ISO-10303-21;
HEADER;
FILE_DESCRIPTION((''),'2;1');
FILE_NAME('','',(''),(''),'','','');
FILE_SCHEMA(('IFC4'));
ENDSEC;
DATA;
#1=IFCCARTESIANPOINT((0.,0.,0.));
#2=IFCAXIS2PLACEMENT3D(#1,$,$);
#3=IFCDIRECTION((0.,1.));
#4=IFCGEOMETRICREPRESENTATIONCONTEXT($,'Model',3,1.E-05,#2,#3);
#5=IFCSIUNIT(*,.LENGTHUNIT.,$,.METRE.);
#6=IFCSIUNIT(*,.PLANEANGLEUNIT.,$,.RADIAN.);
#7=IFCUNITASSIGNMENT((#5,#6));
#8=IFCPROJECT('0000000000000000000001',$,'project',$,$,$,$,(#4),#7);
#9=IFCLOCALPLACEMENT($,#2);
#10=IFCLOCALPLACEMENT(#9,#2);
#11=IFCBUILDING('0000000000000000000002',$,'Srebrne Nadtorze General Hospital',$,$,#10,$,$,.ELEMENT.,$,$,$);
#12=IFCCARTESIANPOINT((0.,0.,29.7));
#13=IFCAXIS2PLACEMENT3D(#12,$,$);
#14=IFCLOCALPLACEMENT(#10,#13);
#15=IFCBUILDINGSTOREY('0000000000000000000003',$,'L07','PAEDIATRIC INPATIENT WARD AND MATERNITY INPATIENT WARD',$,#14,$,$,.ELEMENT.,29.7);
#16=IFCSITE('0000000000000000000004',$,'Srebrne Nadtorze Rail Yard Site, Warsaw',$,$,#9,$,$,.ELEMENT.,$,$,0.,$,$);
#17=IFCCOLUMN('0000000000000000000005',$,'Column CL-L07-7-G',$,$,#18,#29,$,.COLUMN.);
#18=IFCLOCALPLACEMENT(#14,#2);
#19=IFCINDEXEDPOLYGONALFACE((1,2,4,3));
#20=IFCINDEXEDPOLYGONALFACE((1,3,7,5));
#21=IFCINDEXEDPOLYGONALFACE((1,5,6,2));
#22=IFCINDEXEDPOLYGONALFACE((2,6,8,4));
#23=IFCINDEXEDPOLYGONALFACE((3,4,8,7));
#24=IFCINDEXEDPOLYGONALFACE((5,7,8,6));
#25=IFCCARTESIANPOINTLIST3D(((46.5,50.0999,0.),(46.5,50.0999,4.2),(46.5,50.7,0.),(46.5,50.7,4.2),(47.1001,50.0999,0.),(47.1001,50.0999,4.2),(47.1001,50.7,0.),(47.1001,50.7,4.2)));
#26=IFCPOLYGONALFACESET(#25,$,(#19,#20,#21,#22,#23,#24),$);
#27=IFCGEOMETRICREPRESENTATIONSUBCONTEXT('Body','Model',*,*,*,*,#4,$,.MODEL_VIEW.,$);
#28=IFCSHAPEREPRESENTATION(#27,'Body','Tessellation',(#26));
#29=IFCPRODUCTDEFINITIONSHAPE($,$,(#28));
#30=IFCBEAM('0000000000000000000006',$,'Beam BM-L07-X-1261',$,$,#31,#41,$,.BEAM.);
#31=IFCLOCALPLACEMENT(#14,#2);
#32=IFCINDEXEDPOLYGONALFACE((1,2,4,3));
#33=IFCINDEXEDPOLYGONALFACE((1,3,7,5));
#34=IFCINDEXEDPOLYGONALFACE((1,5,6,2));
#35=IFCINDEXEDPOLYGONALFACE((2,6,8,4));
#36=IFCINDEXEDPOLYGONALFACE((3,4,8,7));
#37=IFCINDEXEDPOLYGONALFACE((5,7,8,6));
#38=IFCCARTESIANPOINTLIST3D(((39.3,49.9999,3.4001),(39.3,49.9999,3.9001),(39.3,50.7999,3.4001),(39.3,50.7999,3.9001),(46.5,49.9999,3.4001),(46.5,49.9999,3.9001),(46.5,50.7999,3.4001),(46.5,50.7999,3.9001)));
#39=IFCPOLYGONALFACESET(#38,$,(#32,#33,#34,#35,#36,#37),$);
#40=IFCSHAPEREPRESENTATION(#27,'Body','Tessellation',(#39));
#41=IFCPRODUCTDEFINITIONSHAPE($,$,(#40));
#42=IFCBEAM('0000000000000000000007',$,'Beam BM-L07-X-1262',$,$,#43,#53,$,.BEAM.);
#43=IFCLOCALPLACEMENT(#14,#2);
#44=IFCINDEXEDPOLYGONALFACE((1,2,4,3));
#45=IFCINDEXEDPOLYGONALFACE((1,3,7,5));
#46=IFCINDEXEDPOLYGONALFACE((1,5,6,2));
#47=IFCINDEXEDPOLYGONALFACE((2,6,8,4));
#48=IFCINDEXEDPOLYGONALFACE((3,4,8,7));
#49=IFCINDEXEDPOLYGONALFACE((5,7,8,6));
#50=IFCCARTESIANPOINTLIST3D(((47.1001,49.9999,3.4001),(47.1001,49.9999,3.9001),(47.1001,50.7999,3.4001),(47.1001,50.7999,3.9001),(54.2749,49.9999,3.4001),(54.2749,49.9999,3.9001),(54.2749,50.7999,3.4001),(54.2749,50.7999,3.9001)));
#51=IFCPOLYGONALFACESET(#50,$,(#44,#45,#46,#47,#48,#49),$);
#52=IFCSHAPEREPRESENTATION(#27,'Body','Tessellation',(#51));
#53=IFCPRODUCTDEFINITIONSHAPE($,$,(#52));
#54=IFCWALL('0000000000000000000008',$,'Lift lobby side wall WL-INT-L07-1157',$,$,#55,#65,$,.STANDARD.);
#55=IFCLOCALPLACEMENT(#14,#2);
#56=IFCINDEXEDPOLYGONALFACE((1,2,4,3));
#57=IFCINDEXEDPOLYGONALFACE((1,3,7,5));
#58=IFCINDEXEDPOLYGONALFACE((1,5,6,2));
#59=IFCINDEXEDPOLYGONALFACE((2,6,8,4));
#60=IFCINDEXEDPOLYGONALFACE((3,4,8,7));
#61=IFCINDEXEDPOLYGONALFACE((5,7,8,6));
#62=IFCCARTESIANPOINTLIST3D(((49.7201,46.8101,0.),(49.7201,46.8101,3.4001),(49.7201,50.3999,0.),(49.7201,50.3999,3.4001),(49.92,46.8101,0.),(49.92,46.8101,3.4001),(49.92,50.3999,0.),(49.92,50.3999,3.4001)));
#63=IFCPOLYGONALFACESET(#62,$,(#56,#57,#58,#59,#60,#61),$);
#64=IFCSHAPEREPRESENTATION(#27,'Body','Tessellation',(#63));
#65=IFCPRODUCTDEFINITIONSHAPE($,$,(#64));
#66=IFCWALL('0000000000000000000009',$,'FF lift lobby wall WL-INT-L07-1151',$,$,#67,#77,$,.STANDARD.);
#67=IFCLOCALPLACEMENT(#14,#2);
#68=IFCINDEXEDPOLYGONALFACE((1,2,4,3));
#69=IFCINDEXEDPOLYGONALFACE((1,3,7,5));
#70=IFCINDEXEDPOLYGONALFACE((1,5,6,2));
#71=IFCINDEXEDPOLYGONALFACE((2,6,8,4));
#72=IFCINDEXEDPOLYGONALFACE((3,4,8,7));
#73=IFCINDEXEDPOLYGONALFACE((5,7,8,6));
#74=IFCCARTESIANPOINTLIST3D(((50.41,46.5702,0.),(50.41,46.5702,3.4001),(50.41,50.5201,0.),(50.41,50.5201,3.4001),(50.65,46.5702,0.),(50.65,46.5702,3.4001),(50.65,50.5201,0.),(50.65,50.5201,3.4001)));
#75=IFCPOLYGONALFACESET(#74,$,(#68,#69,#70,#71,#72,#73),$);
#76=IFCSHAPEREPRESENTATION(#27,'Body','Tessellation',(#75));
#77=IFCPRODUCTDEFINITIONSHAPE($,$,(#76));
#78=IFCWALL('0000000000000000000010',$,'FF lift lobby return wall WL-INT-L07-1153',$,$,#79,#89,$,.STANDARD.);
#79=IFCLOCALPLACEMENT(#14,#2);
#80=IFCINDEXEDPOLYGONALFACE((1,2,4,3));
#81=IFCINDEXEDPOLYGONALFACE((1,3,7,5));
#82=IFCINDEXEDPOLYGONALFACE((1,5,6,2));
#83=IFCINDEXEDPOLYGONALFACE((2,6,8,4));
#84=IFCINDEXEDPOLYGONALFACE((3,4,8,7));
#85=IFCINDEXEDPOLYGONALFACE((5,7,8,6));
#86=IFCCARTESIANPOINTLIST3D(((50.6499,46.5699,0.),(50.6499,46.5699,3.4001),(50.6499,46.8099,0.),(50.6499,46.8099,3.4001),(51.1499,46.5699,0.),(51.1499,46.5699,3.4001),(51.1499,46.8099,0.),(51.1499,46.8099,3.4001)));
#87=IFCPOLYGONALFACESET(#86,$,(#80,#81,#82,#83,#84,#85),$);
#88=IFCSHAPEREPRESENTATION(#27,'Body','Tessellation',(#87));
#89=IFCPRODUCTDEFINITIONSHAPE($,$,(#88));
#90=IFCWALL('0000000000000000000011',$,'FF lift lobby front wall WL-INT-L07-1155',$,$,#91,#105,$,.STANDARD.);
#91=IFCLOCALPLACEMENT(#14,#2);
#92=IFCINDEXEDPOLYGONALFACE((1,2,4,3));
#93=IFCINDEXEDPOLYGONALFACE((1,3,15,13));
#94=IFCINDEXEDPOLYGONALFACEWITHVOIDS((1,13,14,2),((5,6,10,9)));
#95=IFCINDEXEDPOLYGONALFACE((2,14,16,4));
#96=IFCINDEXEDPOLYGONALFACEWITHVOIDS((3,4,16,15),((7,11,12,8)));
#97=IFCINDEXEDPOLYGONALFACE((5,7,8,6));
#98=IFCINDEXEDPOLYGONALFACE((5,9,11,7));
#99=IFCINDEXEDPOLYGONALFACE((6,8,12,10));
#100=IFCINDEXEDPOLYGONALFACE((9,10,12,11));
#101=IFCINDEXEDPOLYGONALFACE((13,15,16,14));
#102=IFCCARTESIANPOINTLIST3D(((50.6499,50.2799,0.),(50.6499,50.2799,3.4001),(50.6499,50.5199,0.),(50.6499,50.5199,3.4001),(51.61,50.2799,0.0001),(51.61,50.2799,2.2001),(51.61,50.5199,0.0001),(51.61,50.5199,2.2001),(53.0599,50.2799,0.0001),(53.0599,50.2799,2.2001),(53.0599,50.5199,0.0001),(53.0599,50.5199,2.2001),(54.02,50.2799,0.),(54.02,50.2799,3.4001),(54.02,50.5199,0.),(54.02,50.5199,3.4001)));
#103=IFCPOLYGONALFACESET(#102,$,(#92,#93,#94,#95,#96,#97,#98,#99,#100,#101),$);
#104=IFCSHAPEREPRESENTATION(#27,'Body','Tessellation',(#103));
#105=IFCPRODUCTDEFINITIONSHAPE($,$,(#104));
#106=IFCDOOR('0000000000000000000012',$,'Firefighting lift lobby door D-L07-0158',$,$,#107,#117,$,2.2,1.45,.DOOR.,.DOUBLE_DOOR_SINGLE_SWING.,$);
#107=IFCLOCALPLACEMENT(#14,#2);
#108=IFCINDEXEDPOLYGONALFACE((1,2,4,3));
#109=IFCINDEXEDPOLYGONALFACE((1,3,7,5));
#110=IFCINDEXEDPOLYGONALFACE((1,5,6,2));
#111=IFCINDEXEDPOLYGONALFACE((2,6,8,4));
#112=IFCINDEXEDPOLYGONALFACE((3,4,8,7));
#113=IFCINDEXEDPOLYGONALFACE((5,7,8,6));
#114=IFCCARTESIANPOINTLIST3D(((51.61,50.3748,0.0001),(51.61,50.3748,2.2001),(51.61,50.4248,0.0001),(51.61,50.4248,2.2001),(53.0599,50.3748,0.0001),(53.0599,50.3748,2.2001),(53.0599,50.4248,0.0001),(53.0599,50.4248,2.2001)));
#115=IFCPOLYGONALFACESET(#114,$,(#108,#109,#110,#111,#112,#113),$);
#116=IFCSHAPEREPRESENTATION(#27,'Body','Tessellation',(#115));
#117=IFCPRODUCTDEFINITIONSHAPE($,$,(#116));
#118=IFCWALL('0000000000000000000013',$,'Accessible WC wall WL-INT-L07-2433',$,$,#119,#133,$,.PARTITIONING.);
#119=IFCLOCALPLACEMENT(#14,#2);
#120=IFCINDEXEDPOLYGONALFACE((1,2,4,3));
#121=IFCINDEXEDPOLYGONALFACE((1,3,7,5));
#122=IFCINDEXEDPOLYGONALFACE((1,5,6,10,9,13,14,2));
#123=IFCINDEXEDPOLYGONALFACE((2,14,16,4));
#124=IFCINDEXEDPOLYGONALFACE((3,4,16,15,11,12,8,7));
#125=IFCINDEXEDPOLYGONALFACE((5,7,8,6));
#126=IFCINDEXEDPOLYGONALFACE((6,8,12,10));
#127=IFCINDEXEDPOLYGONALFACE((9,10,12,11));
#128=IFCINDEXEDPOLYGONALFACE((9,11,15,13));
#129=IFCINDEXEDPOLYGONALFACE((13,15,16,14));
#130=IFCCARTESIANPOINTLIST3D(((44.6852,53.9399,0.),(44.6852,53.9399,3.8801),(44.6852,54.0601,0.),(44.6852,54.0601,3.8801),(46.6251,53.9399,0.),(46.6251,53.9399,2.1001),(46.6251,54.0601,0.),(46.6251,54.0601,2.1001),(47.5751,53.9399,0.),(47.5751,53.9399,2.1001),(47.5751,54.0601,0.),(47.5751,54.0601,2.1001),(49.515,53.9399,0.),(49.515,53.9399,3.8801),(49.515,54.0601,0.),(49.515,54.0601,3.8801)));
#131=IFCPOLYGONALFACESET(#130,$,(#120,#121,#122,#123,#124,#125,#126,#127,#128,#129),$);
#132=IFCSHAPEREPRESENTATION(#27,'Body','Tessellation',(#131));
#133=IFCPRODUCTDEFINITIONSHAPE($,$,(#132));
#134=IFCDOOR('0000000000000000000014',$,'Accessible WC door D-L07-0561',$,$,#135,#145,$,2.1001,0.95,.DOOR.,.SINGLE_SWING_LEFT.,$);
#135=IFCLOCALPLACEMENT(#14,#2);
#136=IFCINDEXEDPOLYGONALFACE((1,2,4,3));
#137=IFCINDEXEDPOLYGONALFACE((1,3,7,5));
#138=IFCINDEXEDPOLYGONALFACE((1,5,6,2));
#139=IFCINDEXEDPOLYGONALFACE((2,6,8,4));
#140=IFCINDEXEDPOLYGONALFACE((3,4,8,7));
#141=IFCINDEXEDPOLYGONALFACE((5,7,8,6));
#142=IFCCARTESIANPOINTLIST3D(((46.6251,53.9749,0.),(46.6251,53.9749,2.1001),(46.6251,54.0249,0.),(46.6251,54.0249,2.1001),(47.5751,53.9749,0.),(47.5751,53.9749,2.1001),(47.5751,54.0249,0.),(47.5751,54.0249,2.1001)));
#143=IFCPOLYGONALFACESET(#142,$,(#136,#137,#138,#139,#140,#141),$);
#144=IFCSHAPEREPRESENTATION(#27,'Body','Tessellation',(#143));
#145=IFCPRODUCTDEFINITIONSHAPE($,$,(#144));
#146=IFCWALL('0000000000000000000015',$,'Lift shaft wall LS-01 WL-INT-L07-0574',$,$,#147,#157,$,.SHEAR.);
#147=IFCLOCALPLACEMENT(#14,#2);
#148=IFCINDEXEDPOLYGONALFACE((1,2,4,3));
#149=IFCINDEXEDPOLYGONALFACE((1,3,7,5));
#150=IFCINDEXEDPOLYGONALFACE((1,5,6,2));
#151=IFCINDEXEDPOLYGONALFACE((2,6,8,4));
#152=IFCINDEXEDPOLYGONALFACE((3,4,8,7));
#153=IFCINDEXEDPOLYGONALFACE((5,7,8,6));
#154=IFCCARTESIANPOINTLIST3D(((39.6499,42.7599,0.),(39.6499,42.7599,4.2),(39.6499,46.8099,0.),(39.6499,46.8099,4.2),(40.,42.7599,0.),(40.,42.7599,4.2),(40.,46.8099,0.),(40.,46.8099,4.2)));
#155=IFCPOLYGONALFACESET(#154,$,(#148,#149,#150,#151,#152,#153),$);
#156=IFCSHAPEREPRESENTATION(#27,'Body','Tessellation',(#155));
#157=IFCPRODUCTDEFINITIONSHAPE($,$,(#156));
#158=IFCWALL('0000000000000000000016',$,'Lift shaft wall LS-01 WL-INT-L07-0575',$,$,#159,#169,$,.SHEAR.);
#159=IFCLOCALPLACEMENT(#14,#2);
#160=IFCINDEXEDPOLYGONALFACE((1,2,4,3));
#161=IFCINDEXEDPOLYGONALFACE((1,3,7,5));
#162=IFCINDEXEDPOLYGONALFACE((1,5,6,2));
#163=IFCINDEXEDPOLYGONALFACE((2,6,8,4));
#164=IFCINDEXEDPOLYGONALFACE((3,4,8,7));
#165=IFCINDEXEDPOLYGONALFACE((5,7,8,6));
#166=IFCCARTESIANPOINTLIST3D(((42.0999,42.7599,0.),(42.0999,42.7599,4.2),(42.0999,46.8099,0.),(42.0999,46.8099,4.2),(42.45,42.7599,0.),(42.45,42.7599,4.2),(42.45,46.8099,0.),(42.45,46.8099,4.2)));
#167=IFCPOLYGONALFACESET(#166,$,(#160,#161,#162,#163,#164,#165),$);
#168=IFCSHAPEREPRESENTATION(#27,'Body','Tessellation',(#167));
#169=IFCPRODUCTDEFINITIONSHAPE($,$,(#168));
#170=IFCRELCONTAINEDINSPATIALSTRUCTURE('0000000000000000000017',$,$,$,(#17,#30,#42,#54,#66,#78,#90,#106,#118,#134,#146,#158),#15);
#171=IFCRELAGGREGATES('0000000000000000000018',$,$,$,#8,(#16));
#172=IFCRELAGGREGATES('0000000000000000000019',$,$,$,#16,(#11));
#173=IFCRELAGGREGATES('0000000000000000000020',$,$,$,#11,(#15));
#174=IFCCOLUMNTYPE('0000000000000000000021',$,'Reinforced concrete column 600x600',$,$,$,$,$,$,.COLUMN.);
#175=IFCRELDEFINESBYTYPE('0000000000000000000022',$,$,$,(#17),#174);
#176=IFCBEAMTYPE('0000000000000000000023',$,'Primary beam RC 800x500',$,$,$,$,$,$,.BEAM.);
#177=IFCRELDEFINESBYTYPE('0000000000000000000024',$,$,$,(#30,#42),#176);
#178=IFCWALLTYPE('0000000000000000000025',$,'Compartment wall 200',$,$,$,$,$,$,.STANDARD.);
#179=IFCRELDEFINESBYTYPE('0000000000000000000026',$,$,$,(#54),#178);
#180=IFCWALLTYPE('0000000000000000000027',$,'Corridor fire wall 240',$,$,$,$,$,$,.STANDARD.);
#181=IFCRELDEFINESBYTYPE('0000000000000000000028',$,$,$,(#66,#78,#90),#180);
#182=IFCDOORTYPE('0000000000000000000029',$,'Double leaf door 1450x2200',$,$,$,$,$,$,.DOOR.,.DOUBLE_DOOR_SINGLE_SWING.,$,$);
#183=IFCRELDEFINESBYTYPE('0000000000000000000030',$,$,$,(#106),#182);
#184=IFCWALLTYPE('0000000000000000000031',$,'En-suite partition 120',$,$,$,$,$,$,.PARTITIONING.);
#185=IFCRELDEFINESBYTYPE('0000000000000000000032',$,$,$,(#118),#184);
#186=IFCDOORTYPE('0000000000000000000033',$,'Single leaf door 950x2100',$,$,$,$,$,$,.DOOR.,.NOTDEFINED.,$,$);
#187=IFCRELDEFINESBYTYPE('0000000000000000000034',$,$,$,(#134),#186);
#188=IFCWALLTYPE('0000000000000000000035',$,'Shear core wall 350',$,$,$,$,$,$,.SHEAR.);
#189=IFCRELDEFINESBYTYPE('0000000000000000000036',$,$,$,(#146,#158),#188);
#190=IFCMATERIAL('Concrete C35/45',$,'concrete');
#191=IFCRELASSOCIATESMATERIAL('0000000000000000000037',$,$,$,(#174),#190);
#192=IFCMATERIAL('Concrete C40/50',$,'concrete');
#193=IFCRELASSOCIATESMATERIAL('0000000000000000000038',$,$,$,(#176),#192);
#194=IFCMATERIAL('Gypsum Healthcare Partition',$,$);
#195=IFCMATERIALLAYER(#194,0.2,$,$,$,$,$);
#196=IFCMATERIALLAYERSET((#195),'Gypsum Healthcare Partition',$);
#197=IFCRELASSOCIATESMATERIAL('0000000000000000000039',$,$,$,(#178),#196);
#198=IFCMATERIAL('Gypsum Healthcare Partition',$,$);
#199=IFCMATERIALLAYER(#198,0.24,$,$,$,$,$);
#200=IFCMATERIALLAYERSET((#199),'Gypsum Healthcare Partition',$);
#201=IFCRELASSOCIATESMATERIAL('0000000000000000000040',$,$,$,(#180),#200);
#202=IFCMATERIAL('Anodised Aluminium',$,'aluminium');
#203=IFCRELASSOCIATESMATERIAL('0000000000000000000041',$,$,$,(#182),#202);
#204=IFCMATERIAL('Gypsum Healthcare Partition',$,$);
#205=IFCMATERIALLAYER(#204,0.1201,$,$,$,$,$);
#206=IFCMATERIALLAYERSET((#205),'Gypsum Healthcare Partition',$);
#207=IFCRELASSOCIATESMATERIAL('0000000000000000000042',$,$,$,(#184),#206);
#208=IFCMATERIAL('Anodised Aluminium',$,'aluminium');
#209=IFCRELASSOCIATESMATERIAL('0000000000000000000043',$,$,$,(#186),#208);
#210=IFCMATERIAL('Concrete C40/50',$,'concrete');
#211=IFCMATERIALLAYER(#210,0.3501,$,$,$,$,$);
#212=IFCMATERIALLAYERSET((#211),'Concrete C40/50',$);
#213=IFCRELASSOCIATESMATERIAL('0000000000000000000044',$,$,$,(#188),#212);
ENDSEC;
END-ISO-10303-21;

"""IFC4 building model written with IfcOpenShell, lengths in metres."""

from ifc_helpers import new_model, si_unit, direction, frame, frame_2d, origin, origin_2d, place, context, subcontext, project, spatial, rectangle, extrude, material, layer, layer_set, material_profile, profile_set, type_object, element, fill, save


model = new_model("IFC4")

# Units and contexts
model_context = context("Model", 3, precision=1e-05, world=origin(), true_north=direction((0.0, 1.0)))
body_context = subcontext(model_context, "Body", "Model", "MODEL_VIEW")
ifc_project = project(units=[si_unit("LENGTHUNIT", "METRE"), si_unit("PLANEANGLEUNIT", "RADIAN")], contexts=[model_context])

# Site, building, storey
site_placement = place(None, origin())
site = spatial("IfcSite", under=ifc_project, at=site_placement, Name="Srebrne Nadtorze Rail Yard Site, Warsaw", CompositionType="ELEMENT", RefElevation=0.0)
building_placement = place(site_placement, origin())
building = spatial("IfcBuilding", under=site, at=building_placement, Name="Srebrne Nadtorze General Hospital", CompositionType="ELEMENT")
storey_placement = place(building_placement, frame((0.0, 0.0, 29.7)))
storey = spatial("IfcBuildingStorey", under=building, at=storey_placement, Name="L07", Description="PAEDIATRIC INPATIENT WARD AND MATERNITY INPATIENT WARD", CompositionType="ELEMENT", Elevation=29.7)

# Column
ifc_material_1 = material(Name="Concrete C35/45", Category="concrete")
ifc_material_profile_1 = material_profile(ifc_material_1, rectangle(XDim=0.6001, YDim=0.6001, at=origin_2d()), Name="RC-COL-600x600")
ifc_profile_set_1 = profile_set([ifc_material_profile_1], Name="Concrete C35/45")
column_type = type_object("IfcColumnType", Name="Reinforced concrete column 600x600", PredefinedType="COLUMN", material=ifc_profile_set_1)
column_placement = place(storey_placement, frame((46.8, 50.3999, 0.0), z_axis=(0.0, 0.0, 1.0), x_axis=(1.0, 0.0, 0.0)))
element("IfcColumn", 1, at=column_placement, inside=storey, type_object=column_type, Name="Column CL-L07-7-G", PredefinedType="COLUMN", context=body_context, shape_type="SweptSolid", body=[
    extrude(rectangle(XDim=0.6001, YDim=0.6001, at=origin_2d()), origin(), (0.0, 0.0, 1.0), 4.2),
])

# Beams
ifc_material_2 = material(Name="Concrete C40/50", Category="concrete")
ifc_material_profile_2 = material_profile(ifc_material_2, rectangle(XDim=0.8, YDim=0.5, at=origin_2d()), Name="RC-BM-800x500")
ifc_profile_set_2 = profile_set([ifc_material_profile_2], Name="Concrete C40/50")
beam_type = type_object("IfcBeamType", Name="Primary beam RC 800x500", PredefinedType="BEAM", material=ifc_profile_set_2)
beam_1_placement = place(storey_placement, frame((39.3, 50.3999, 3.6501), z_axis=(1.0, 0.0, 0.0), x_axis=(0.0, 1.0, 0.0)))
element("IfcBeam", 2, at=beam_1_placement, inside=storey, type_object=beam_type, Name="Beam BM-L07-X-1261", PredefinedType="BEAM", context=body_context, shape_type="SweptSolid", body=[
    extrude(rectangle(XDim=0.8, YDim=0.5, at=origin_2d()), origin(), (0.0, 0.0, 1.0), 7.2),
])
beam_2_placement = place(storey_placement, frame((47.1001, 50.3999, 3.6501), z_axis=(1.0, 0.0, 0.0), x_axis=(0.0, 1.0, 0.0)))
element("IfcBeam", 3, at=beam_2_placement, inside=storey, type_object=beam_type, Name="Beam BM-L07-X-1262", PredefinedType="BEAM", context=body_context, shape_type="SweptSolid", body=[
    extrude(rectangle(XDim=0.8, YDim=0.5, at=origin_2d()), origin(), (0.0, 0.0, 1.0), 7.1748),
])

# Walls
ifc_material_3 = material(Name="Gypsum Healthcare Partition")
ifc_layer_1 = layer(ifc_material_3, 0.2)
ifc_layer_set_1 = layer_set([ifc_layer_1], Name="Gypsum Healthcare Partition")
wall_type_1 = type_object("IfcWallType", Name="Compartment wall 200", PredefinedType="STANDARD", material=ifc_layer_set_1)
wall_1_placement = place(storey_placement, frame((49.8201, 46.8101, 0.0), z_axis=(0.0, 0.0, 1.0), x_axis=(0.0, 1.0, 0.0)))
element("IfcWall", 4, at=wall_1_placement, inside=storey, type_object=wall_type_1, Name="Lift lobby side wall WL-INT-L07-1157", PredefinedType="STANDARD", context=body_context, shape_type="SweptSolid", body=[
    extrude(rectangle(XDim=3.5898, YDim=0.2, at=frame_2d((1.7949, 0.0))), origin(), (0.0, 0.0, 1.0), 3.4001),
])
ifc_material_4 = material(Name="Gypsum Healthcare Partition")
ifc_layer_2 = layer(ifc_material_4, 0.24)
ifc_layer_set_2 = layer_set([ifc_layer_2], Name="Gypsum Healthcare Partition")
wall_type_2 = type_object("IfcWallType", Name="Corridor fire wall 240", PredefinedType="STANDARD", material=ifc_layer_set_2)
wall_2_placement = place(storey_placement, frame((50.53, 46.5701, 0.0), z_axis=(0.0, 0.0, 1.0), x_axis=(0.0, 1.0, 0.0)))
element("IfcWall", 5, at=wall_2_placement, inside=storey, type_object=wall_type_2, Name="FF lift lobby wall WL-INT-L07-1151", PredefinedType="STANDARD", context=body_context, shape_type="SweptSolid", body=[
    extrude(rectangle(XDim=3.95, YDim=0.24, at=frame_2d((1.9751, 0.0))), origin(), (0.0, 0.0, 1.0), 3.4001),
])
wall_3_placement = place(storey_placement, frame((50.6499, 46.6899, 0.0), z_axis=(0.0, 0.0, 1.0), x_axis=(1.0, 0.0, 0.0)))
element("IfcWall", 6, at=wall_3_placement, inside=storey, type_object=wall_type_2, Name="FF lift lobby return wall WL-INT-L07-1153", PredefinedType="STANDARD", context=body_context, shape_type="SweptSolid", body=[
    extrude(rectangle(XDim=0.5, YDim=0.24, at=frame_2d((0.25, 0.0))), origin(), (0.0, 0.0, 1.0), 3.4001),
])

# Walls, openings, doors
wall_4_placement = place(storey_placement, frame((50.6499, 50.3999, 0.0), z_axis=(0.0, 0.0, 1.0), x_axis=(1.0, 0.0, 0.0)))
wall_4 = element("IfcWall", 7, at=wall_4_placement, inside=storey, type_object=wall_type_2, Name="FF lift lobby front wall WL-INT-L07-1155", PredefinedType="STANDARD", context=body_context, shape_type="SweptSolid", body=[
    extrude(rectangle(XDim=3.3701, YDim=0.24, at=frame_2d((1.6851, 0.0))), origin(), (0.0, 0.0, 1.0), 3.4001),
])
opening_1_placement = place(wall_4_placement, frame((0.96, 0.0, 0.0)))
opening_1 = element("IfcOpeningElement", 8, at=opening_1_placement, cuts=wall_4, PredefinedType="OPENING", context=body_context, shape_type="SweptSolid", body=[
    extrude(rectangle(XDim=1.45, YDim=2.2, at=frame_2d((0.7251, 1.1001))), frame((0.0, 0.1318, 0.0), z_axis=(0.0, -1.0, 0.0), x_axis=(1.0, 0.0, 0.0)), (0.0, 0.0, 1.0), 0.2639),
])
ifc_material_5 = material(Name="Anodised Aluminium", Category="aluminium")
door_type_1 = type_object("IfcDoorType", Name="Double leaf door 1450x2200", OperationType="DOUBLE_DOOR_SINGLE_SWING", PredefinedType="DOOR", material=ifc_material_5)
door_1_placement = place(opening_1_placement, origin())
door_1 = element("IfcDoor", 9, at=door_1_placement, inside=storey, type_object=door_type_1, Name="Firefighting lift lobby door D-L07-0158", OperationType="DOUBLE_DOOR_SINGLE_SWING", OverallHeight=2.2, OverallWidth=1.45, PredefinedType="DOOR", context=body_context, shape_type="SweptSolid", body=[
    extrude(rectangle(XDim=1.45, YDim=2.2, at=frame_2d((0.7251, 1.1001))), frame((0.0, 0.0249, 0.0), z_axis=(0.0, -1.0, 0.0), x_axis=(1.0, 0.0, 0.0)), (0.0, 0.0, 1.0), 0.05),
])
fill(opening_1, door_1)
ifc_material_6 = material(Name="Gypsum Healthcare Partition")
ifc_layer_3 = layer(ifc_material_6, 0.1201)
ifc_layer_set_3 = layer_set([ifc_layer_3], Name="Gypsum Healthcare Partition")
wall_type_3 = type_object("IfcWallType", Name="En-suite partition 120", PredefinedType="PARTITIONING", material=ifc_layer_set_3)
wall_5_placement = place(storey_placement, frame((44.6851, 54.0, 0.0), z_axis=(0.0, 0.0, 1.0), x_axis=(1.0, 0.0, 0.0)))
wall_5 = element("IfcWall", 10, at=wall_5_placement, inside=storey, type_object=wall_type_3, Name="Accessible WC wall WL-INT-L07-2433", PredefinedType="PARTITIONING", context=body_context, shape_type="SweptSolid", body=[
    extrude(rectangle(XDim=4.8298, YDim=0.1201, at=frame_2d((2.415, 0.0))), origin(), (0.0, 0.0, 1.0), 3.8801),
])
opening_2_placement = place(wall_5_placement, frame((1.9399, 0.0, 0.0)))
opening_2 = element("IfcOpeningElement", 11, at=opening_2_placement, cuts=wall_5, PredefinedType="OPENING", context=body_context, shape_type="SweptSolid", body=[
    extrude(rectangle(XDim=0.95, YDim=2.1001, at=frame_2d((0.4751, 1.05))), frame((0.0, 0.072, 0.0), z_axis=(0.0, -1.0, 0.0), x_axis=(1.0, 0.0, 0.0)), (0.0, 0.0, 1.0), 0.144),
])
ifc_material_7 = material(Name="Anodised Aluminium", Category="aluminium")
door_type_2 = type_object("IfcDoorType", Name="Single leaf door 950x2100", OperationType="NOTDEFINED", PredefinedType="DOOR", material=ifc_material_7)
door_2_placement = place(opening_2_placement, origin())
door_2 = element("IfcDoor", 12, at=door_2_placement, inside=storey, type_object=door_type_2, Name="Accessible WC door D-L07-0561", OperationType="SINGLE_SWING_LEFT", OverallHeight=2.1001, OverallWidth=0.95, PredefinedType="DOOR", context=body_context, shape_type="SweptSolid", body=[
    extrude(rectangle(XDim=0.95, YDim=2.1001, at=frame_2d((0.4751, 1.05))), frame((0.0, 0.0249, 0.0), z_axis=(0.0, -1.0, 0.0), x_axis=(1.0, 0.0, 0.0)), (0.0, 0.0, 1.0), 0.05),
])
fill(opening_2, door_2)

# Walls
ifc_material_8 = material(Name="Concrete C40/50", Category="concrete")
ifc_layer_4 = layer(ifc_material_8, 0.3501)
ifc_layer_set_4 = layer_set([ifc_layer_4], Name="Concrete C40/50")
wall_type_4 = type_object("IfcWallType", Name="Shear core wall 350", PredefinedType="SHEAR", material=ifc_layer_set_4)
for number, where, z_axis, x_axis, name in (
    (13, (39.825, 42.76, 0.0), (0.0, 0.0, 1.0), (0.0, 1.0, 0.0), "Lift shaft wall LS-01 WL-INT-L07-0574"),
    (14, (42.2749, 42.76, 0.0), (0.0, 0.0, 1.0), (0.0, 1.0, 0.0), "Lift shaft wall LS-01 WL-INT-L07-0575"),
):
    element("IfcWall", number, at=place(storey_placement, frame(where, z_axis=z_axis, x_axis=x_axis)), inside=storey, type_object=wall_type_4, Name=name, PredefinedType="SHEAR", context=body_context, shape_type="SweptSolid", body=[
        extrude(rectangle(XDim=4.05, YDim=0.3501, at=frame_2d((2.0249, 0.0))), origin(), (0.0, 0.0, 1.0), 4.2),
    ])

save(model, "model.ifc")
